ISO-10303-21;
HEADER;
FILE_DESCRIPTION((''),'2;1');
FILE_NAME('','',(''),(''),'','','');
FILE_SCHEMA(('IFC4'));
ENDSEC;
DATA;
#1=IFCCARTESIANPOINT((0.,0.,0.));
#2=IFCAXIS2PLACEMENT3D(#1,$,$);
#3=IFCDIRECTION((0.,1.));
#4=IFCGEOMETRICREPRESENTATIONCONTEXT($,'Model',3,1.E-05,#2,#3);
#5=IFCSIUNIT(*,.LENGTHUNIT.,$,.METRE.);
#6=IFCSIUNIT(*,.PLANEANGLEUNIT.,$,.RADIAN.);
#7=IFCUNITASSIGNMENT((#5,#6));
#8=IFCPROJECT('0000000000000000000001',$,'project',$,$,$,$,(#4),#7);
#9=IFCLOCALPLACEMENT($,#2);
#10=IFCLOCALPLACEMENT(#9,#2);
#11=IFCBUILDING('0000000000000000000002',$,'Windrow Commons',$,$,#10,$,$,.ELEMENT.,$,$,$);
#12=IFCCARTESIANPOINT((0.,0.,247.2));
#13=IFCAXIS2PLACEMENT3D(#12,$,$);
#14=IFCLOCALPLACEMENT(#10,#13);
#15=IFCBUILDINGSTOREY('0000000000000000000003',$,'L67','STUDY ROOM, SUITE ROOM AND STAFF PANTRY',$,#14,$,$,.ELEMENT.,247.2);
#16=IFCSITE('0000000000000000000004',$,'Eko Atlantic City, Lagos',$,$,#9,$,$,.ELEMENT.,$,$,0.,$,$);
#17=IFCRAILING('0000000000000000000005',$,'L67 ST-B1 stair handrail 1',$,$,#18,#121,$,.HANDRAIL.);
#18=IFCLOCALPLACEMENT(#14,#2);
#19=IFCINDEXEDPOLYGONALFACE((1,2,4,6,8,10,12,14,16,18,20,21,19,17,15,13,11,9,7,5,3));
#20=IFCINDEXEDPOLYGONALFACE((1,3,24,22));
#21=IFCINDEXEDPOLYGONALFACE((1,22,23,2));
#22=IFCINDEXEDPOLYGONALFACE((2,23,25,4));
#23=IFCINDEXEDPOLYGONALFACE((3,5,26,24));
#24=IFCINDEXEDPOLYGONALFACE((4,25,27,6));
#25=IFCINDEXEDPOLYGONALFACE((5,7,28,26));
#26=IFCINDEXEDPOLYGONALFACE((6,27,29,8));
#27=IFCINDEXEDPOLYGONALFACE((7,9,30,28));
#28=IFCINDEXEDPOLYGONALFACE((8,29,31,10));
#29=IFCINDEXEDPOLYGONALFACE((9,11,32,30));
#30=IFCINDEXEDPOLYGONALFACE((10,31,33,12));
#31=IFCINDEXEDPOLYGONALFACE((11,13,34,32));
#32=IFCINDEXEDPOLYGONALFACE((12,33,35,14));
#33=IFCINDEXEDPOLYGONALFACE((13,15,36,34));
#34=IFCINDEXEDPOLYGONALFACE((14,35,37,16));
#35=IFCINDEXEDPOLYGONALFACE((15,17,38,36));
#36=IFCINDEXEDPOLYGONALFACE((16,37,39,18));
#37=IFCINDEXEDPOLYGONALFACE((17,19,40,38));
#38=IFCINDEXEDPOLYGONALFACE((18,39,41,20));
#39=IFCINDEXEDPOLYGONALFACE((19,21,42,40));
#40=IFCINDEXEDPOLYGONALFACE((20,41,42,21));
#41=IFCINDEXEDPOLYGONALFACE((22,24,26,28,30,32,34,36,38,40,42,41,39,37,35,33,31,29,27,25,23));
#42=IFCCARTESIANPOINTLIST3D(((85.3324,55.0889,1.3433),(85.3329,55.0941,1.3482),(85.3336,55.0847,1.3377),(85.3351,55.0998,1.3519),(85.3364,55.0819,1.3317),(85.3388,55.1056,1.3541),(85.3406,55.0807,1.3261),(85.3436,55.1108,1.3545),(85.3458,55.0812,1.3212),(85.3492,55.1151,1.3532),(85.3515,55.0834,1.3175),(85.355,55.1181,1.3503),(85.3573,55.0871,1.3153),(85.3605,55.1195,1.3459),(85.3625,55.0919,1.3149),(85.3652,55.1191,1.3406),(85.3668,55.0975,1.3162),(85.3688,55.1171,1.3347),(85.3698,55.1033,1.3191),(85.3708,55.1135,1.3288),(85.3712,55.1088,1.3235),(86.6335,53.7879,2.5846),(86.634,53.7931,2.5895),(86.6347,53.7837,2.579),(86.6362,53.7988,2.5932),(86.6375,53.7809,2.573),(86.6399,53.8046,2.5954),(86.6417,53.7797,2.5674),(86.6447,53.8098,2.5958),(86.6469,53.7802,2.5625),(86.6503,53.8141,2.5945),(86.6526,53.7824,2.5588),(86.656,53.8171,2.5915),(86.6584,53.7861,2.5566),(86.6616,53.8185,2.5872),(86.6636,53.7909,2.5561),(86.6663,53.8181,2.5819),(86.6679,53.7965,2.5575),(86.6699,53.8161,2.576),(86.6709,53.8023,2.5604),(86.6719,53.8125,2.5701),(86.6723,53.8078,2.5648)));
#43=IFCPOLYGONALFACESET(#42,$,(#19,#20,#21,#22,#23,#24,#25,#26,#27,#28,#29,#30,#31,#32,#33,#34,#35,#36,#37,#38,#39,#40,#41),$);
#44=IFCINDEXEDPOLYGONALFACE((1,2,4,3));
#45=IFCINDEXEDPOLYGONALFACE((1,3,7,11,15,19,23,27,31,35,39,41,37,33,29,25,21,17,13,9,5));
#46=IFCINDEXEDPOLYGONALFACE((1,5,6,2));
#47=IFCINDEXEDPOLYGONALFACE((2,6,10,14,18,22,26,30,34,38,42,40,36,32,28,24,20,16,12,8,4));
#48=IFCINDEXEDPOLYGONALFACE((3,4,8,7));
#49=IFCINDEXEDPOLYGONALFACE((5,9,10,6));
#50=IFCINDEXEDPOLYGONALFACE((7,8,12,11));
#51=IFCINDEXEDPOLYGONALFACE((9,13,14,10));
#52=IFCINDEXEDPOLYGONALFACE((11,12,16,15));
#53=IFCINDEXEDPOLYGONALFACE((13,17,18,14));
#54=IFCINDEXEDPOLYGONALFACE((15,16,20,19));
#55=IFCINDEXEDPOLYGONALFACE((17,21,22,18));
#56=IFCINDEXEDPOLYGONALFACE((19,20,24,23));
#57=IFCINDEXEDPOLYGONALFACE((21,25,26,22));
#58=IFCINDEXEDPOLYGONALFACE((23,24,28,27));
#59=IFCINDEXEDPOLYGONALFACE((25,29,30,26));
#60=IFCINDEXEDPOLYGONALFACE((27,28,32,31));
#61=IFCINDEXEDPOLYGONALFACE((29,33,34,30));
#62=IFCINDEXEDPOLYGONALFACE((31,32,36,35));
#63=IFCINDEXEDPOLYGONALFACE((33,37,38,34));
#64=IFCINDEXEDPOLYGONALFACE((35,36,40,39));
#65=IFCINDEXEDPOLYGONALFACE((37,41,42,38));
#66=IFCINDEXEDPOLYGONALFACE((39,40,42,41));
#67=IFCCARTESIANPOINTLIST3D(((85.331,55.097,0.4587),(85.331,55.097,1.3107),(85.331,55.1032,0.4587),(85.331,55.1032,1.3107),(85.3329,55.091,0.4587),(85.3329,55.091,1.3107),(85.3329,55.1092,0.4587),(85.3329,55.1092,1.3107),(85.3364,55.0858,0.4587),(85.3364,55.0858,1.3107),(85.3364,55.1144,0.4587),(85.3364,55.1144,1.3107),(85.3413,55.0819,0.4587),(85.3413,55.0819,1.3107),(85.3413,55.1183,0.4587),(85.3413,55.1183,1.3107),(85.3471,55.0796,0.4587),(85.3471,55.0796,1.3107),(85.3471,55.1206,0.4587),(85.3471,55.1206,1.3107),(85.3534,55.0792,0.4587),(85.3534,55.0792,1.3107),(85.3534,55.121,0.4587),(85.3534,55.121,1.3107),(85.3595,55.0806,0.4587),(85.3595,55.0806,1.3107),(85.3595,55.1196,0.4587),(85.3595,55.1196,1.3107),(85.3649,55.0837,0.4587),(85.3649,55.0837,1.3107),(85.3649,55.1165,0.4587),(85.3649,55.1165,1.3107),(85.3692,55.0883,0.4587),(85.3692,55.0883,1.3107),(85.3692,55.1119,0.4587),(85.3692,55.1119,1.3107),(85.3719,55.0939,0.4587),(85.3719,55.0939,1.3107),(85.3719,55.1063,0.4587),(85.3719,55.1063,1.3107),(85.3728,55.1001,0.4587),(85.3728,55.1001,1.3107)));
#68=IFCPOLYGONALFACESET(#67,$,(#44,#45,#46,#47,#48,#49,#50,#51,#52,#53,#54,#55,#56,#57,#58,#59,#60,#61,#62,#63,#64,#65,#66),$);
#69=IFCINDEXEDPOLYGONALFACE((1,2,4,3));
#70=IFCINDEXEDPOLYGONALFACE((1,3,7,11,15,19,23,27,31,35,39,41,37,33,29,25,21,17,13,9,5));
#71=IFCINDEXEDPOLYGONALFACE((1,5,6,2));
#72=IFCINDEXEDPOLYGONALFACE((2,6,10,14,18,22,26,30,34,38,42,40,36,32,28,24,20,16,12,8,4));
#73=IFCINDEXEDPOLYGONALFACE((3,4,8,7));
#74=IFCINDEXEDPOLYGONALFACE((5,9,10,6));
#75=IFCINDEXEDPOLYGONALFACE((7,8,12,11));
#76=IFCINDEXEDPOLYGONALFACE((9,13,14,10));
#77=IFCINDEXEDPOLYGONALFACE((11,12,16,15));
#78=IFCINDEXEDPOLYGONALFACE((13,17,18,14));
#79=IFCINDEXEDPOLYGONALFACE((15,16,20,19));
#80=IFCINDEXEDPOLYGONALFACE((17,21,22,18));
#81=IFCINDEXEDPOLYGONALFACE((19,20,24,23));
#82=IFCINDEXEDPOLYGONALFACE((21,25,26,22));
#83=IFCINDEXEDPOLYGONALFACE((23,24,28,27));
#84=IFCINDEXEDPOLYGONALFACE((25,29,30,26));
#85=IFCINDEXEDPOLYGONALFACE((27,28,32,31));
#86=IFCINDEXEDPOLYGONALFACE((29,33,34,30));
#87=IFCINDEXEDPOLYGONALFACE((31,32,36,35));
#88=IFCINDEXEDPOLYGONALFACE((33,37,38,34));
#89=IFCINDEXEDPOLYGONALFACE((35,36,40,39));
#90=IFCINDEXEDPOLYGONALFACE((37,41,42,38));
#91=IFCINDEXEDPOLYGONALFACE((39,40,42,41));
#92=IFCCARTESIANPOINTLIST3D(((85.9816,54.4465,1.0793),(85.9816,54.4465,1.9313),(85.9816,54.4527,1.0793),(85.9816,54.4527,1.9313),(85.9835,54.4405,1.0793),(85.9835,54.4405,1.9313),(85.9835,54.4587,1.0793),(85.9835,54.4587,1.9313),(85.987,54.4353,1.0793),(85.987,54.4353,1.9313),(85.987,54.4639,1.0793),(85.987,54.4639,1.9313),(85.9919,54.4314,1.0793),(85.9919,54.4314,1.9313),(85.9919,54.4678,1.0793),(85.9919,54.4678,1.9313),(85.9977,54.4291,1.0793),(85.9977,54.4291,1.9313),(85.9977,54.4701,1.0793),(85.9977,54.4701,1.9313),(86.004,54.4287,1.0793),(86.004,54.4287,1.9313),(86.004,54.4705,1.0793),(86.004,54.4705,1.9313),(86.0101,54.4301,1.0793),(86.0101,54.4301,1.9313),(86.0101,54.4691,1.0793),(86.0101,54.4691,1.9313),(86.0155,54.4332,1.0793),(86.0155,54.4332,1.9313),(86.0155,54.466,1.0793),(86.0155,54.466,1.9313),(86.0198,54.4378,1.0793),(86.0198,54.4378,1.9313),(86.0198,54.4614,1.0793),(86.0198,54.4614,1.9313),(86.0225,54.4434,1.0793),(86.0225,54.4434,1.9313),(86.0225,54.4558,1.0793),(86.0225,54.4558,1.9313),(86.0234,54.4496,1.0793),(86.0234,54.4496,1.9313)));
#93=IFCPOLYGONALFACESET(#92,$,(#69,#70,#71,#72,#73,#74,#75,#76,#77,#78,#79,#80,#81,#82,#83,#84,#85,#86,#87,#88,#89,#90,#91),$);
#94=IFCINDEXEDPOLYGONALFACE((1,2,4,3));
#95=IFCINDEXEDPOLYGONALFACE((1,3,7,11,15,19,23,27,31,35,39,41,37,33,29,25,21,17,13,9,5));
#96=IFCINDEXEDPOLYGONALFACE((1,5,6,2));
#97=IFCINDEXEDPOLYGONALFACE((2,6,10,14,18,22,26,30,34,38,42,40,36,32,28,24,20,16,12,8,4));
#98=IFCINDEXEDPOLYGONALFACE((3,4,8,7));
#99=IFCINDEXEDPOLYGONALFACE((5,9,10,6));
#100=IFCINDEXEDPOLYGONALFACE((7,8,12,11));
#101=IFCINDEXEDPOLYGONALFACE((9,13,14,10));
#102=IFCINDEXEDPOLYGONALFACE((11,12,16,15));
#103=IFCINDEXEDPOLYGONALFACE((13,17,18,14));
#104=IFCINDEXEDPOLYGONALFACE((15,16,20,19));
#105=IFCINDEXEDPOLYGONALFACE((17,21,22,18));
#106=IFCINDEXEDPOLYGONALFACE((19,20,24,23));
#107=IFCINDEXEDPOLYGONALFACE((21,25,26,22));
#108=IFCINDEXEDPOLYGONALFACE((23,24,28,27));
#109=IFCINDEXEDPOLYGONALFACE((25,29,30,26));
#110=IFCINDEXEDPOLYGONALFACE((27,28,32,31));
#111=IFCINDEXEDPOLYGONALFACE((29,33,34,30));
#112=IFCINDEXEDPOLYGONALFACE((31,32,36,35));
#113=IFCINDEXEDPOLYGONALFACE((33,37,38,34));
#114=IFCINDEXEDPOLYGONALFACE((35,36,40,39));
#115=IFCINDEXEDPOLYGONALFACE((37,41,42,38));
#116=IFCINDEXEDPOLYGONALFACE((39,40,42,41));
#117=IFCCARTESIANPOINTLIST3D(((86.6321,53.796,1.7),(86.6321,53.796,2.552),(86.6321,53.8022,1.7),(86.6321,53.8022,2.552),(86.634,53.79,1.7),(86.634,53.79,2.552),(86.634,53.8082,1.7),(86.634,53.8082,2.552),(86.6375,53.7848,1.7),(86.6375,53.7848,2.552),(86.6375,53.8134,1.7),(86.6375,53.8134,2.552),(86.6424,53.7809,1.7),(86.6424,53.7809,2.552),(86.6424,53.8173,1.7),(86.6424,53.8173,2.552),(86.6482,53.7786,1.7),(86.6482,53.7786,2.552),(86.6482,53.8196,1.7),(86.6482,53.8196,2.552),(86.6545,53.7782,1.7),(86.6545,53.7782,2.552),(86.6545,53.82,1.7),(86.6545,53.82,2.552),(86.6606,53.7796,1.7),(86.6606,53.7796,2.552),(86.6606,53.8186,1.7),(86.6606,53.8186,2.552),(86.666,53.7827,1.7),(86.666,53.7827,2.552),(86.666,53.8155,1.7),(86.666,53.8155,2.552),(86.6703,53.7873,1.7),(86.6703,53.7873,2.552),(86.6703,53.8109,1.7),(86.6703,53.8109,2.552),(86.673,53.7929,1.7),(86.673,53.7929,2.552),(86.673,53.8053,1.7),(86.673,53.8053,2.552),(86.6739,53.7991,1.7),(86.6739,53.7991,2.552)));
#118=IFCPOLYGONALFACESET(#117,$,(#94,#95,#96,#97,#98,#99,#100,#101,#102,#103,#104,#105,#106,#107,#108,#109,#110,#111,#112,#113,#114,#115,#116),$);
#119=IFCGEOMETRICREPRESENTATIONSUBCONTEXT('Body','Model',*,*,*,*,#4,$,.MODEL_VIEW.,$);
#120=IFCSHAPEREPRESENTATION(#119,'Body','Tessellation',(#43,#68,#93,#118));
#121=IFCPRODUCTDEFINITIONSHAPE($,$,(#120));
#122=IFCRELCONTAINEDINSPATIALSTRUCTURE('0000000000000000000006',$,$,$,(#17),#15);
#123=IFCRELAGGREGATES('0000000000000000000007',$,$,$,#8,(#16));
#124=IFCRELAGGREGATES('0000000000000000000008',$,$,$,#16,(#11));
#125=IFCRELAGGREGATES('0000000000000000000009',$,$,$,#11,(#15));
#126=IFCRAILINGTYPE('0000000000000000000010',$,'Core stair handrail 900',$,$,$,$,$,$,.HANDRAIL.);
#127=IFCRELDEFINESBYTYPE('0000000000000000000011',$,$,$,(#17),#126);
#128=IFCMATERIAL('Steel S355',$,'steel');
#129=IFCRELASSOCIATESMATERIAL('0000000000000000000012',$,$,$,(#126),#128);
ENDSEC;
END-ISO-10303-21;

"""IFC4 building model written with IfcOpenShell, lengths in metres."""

from ifc_helpers import new_model, si_unit, direction, frame, origin, origin_2d, place, context, subcontext, project, spatial, circle, extrude, material, type_object, element, save


model = new_model("IFC4")

# Units and contexts
model_context = context("Model", 3, precision=1e-05, world=origin(), true_north=direction((0.0, 1.0)))
body_context = subcontext(model_context, "Body", "Model", "MODEL_VIEW")
ifc_project = project(units=[si_unit("LENGTHUNIT", "METRE"), si_unit("PLANEANGLEUNIT", "RADIAN")], contexts=[model_context])

# Site, building, storey
site_placement = place(None, origin())
site = spatial("IfcSite", under=ifc_project, at=site_placement, Name="Eko Atlantic City, Lagos", CompositionType="ELEMENT", RefElevation=0.0)
building_placement = place(site_placement, origin())
building = spatial("IfcBuilding", under=site, at=building_placement, Name="Windrow Commons", CompositionType="ELEMENT")
storey_placement = place(building_placement, frame((0.0, 0.0, 247.2)))
storey = spatial("IfcBuildingStorey", under=building, at=storey_placement, Name="L67", Description="STUDY ROOM, SUITE ROOM AND STAFF PANTRY", CompositionType="ELEMENT", Elevation=247.2)

# Railing
ifc_material_1 = material(Name="Steel S355", Category="steel")
railing_type_1 = type_object("IfcRailingType", Name="Core stair handrail 900", PredefinedType="HANDRAIL", material=ifc_material_1)
railing_1_placement = place(storey_placement, frame((85.3518, 55.1001, 0.4587)))
element("IfcRailing", 1, at=railing_1_placement, inside=storey, type_object=railing_type_1, Name="L67 ST-B1 stair handrail 1", PredefinedType="HANDRAIL", context=body_context, shape_type="SweptSolid", body=[
    extrude(circle(Radius=0.024, at=origin_2d()), frame((0.0, 0.0, 0.876), z_axis=(0.586207, -0.586162, 0.559264), x_axis=(0.70708, 0.707134, 0.0)), (0.0, 0.0, 1.0), 2.2195),
    extrude(circle(Radius=0.021, at=origin_2d()), origin(), (0.0, 0.0, 1.0), 0.852),
    extrude(circle(Radius=0.021, at=origin_2d()), frame((0.6506, -0.6505, 0.6206)), (0.0, 0.0, 1.0), 0.852),
    extrude(circle(Radius=0.021, at=origin_2d()), frame((1.3011, -1.301, 1.2413)), (0.0, 0.0, 1.0), 0.852),
])

save(model, "model.ifc")
